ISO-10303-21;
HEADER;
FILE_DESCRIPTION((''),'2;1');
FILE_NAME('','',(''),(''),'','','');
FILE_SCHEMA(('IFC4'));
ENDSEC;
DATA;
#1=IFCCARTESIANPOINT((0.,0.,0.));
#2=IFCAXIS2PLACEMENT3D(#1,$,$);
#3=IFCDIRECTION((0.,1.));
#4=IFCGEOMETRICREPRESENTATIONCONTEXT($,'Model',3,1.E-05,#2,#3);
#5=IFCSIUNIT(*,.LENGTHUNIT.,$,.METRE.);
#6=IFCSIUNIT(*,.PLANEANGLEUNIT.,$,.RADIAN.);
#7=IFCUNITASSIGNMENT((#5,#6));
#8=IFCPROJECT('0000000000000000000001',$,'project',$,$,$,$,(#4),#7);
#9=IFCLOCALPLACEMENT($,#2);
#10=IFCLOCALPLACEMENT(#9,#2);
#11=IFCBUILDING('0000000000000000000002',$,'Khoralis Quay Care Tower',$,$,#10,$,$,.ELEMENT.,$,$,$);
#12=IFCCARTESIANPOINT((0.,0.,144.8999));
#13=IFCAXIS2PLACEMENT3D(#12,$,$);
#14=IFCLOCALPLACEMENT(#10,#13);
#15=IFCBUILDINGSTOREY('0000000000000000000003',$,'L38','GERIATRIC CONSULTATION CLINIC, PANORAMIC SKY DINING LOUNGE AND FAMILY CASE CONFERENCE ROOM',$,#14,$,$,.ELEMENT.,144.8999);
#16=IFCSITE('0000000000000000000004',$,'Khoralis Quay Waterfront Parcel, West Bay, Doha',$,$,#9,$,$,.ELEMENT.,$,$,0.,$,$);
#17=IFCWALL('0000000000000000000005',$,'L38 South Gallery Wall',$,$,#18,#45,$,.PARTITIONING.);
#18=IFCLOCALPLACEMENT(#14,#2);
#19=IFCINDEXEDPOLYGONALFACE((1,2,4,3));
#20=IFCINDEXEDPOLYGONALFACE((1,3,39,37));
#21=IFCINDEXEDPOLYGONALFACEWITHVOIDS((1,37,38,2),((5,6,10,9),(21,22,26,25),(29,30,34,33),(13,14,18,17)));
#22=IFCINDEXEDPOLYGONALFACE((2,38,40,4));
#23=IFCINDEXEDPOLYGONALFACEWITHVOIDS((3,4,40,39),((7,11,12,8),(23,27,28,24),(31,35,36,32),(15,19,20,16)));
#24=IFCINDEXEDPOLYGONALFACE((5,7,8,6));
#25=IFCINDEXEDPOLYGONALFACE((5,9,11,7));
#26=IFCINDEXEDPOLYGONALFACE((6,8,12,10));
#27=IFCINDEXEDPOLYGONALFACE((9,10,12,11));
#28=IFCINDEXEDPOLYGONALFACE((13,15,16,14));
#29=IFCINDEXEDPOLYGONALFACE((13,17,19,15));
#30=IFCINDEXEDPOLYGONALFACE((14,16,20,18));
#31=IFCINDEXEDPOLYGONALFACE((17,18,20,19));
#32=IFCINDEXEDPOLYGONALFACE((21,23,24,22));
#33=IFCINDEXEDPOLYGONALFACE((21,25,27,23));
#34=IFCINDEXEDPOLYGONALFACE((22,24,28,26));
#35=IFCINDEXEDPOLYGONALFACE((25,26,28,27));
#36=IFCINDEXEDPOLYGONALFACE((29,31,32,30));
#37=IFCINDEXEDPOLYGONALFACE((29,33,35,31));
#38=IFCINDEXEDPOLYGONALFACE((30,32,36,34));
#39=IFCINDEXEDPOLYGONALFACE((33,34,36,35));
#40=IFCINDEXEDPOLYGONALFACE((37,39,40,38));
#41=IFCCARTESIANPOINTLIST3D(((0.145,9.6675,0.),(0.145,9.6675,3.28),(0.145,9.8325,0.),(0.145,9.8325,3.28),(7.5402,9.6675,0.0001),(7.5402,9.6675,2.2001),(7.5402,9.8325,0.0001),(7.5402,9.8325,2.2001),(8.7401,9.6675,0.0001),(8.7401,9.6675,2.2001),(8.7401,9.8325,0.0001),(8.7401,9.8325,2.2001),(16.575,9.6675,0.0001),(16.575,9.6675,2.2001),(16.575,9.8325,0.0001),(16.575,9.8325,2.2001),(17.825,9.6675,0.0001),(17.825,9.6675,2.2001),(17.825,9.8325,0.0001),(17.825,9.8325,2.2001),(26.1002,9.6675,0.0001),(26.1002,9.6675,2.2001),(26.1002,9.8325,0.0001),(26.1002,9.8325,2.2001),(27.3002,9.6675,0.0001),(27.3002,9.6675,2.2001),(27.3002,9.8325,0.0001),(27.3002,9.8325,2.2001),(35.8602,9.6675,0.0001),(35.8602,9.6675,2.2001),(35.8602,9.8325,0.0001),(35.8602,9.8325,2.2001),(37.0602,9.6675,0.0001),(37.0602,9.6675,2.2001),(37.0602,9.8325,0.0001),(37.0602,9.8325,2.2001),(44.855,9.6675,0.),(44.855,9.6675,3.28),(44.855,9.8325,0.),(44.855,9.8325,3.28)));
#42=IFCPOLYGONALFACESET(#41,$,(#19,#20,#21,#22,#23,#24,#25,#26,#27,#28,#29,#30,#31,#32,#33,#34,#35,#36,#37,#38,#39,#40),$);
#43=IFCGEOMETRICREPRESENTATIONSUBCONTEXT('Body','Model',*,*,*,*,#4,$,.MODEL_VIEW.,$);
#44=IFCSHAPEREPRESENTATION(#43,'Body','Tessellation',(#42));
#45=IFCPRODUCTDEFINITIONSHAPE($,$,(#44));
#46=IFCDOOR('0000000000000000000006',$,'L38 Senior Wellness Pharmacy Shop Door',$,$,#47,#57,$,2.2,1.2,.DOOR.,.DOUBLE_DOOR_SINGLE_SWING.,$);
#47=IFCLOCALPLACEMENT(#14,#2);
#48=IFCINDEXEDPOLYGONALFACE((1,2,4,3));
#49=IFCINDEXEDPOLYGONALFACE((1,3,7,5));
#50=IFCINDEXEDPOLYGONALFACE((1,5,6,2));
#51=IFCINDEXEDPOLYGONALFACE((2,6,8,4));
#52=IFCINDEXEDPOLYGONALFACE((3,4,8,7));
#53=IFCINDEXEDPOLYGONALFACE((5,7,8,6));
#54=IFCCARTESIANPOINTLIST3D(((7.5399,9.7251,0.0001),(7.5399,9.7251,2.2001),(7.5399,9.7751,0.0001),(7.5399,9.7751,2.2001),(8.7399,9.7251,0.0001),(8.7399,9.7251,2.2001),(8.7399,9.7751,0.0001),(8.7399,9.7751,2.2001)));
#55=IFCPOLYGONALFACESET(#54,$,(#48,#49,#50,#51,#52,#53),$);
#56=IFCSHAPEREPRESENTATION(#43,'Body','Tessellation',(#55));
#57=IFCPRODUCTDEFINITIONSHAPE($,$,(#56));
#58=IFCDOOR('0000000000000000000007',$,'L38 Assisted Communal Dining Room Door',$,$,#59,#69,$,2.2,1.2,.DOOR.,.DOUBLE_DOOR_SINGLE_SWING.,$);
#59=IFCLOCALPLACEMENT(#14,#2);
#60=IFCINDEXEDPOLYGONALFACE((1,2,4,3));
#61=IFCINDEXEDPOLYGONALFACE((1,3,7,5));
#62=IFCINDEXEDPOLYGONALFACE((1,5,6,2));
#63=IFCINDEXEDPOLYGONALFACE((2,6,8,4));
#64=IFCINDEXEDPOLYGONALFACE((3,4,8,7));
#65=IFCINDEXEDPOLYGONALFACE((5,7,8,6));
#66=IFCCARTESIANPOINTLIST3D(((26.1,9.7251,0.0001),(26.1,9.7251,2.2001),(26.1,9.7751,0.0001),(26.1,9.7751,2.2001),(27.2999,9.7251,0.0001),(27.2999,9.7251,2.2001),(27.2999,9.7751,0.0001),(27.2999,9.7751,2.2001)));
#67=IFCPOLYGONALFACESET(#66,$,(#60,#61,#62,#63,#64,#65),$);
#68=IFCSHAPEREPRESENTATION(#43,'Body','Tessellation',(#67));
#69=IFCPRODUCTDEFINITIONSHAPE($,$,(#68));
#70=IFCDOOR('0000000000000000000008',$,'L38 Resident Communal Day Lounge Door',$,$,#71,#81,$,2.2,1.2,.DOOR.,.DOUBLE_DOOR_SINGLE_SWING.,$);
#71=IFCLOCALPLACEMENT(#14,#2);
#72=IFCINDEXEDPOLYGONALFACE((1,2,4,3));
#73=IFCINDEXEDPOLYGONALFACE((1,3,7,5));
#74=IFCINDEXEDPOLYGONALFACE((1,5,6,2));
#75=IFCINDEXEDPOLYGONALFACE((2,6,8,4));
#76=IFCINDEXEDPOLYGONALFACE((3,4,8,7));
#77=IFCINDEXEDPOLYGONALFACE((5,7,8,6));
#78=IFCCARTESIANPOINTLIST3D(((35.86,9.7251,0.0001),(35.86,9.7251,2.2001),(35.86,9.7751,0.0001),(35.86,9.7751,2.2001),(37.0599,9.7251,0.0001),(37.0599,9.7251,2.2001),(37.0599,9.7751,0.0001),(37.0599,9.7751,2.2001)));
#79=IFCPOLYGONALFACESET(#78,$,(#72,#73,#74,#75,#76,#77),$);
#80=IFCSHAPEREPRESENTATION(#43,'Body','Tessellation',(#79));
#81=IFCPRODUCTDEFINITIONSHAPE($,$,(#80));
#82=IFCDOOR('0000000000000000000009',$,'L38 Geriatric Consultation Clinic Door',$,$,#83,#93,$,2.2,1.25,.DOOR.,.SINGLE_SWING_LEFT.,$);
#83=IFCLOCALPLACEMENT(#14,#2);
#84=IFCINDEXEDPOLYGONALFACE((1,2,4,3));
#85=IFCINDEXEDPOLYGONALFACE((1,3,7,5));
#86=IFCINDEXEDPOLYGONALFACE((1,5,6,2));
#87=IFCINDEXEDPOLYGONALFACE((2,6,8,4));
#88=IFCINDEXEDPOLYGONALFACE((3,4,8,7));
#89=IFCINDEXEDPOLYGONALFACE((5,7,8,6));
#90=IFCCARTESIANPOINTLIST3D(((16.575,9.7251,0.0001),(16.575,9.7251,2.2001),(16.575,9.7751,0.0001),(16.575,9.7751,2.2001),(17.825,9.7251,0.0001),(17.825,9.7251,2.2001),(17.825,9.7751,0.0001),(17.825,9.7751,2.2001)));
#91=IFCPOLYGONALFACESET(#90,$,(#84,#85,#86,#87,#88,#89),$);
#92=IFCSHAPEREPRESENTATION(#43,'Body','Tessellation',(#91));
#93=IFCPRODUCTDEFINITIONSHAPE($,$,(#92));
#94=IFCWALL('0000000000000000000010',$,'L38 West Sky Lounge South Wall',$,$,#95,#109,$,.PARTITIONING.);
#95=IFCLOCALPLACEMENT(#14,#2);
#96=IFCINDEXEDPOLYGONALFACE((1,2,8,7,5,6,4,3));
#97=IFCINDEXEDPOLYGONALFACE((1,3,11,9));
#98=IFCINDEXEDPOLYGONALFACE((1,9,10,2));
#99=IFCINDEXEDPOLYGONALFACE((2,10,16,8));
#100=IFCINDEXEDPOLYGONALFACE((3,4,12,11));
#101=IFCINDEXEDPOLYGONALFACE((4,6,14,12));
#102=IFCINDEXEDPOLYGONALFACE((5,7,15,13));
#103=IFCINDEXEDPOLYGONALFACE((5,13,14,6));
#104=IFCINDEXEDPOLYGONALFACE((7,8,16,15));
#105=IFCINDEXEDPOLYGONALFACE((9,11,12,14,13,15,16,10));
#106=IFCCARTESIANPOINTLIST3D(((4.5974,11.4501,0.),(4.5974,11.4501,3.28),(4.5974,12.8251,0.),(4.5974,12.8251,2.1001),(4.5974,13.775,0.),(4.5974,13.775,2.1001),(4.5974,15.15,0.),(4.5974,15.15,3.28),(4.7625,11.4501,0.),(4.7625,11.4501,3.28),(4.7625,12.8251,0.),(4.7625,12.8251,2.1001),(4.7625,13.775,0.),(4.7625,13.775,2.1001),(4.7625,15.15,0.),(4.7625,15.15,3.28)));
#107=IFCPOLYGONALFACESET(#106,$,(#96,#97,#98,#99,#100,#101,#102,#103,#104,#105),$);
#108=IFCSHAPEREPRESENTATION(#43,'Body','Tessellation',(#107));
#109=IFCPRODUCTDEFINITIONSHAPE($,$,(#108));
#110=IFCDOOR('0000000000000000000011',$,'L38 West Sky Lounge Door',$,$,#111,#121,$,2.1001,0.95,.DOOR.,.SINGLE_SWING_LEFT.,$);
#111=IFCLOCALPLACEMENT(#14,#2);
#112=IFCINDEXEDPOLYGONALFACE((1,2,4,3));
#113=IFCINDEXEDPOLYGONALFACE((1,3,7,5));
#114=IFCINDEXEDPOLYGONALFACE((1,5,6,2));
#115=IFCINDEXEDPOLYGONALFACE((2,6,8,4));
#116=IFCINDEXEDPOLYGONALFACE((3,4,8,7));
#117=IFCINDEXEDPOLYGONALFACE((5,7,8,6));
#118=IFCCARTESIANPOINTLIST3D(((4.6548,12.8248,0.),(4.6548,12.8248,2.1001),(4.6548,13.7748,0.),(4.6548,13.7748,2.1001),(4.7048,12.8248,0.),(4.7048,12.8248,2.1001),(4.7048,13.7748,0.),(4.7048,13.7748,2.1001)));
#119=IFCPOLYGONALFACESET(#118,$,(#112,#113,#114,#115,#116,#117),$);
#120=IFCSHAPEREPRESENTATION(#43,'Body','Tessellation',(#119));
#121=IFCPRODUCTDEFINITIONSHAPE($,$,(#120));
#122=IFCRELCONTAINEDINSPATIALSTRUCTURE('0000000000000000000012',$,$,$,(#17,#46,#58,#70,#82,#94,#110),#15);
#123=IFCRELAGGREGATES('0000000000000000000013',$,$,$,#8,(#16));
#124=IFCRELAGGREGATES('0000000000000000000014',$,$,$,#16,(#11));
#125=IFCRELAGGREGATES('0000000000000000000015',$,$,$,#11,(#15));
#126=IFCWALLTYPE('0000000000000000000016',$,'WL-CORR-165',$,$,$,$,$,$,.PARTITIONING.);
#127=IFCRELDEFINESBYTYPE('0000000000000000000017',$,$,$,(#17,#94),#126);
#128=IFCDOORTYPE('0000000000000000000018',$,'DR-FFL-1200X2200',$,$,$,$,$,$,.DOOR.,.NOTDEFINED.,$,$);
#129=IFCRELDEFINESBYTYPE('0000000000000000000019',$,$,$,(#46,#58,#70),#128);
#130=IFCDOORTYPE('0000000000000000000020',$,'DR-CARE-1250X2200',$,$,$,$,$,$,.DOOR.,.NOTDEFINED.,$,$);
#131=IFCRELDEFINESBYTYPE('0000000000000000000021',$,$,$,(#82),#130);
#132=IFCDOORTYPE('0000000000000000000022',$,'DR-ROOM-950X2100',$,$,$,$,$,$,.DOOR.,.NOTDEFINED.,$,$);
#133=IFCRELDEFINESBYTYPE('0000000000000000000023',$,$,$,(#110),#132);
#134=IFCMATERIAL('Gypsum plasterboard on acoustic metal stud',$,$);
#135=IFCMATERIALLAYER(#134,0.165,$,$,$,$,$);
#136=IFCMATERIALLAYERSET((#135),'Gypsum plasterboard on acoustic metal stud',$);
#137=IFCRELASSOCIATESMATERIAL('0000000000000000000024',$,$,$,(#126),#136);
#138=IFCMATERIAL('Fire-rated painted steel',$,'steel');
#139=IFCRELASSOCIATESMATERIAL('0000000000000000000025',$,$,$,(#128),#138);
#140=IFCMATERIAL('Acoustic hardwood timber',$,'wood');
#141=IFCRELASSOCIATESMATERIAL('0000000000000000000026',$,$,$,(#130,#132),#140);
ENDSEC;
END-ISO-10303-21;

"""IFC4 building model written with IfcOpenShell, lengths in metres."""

from ifc_helpers import new_model, si_unit, direction, frame, frame_2d, origin, place, context, subcontext, project, spatial, rectangle, extrude, source, transform, mapped, material, layer, layer_set, type_object, element, fill, save


model = new_model("IFC4")

# Units and contexts
model_context = context("Model", 3, precision=1e-05, world=origin(), true_north=direction((0.0, 1.0)))
body_context = subcontext(model_context, "Body", "Model", "MODEL_VIEW")
ifc_project = project(units=[si_unit("LENGTHUNIT", "METRE"), si_unit("PLANEANGLEUNIT", "RADIAN")], contexts=[model_context])

# Site, building, storey
site_placement = place(None, origin())
site = spatial("IfcSite", under=ifc_project, at=site_placement, Name="Khoralis Quay Waterfront Parcel, West Bay, Doha", CompositionType="ELEMENT", RefElevation=0.0)
building_placement = place(site_placement, origin())
building = spatial("IfcBuilding", under=site, at=building_placement, Name="Khoralis Quay Care Tower", CompositionType="ELEMENT")
storey_placement = place(building_placement, frame((0.0, 0.0, 144.8999)))
storey = spatial("IfcBuildingStorey", under=building, at=storey_placement, Name="L38", Description="GERIATRIC CONSULTATION CLINIC, PANORAMIC SKY DINING LOUNGE AND FAMILY CASE CONFERENCE ROOM", CompositionType="ELEMENT", Elevation=144.8999)

# Wall, openings, doors
ifc_material_1 = material(Name="Gypsum plasterboard on acoustic metal stud")
ifc_layer_1 = layer(ifc_material_1, 0.165)
ifc_layer_set_1 = layer_set([ifc_layer_1], Name="Gypsum plasterboard on acoustic metal stud")
wall_type_1 = type_object("IfcWallType", Name="WL-CORR-165", PredefinedType="PARTITIONING", material=ifc_layer_set_1)
wall_1_placement = place(storey_placement, frame((0.145, 9.75, 0.0), z_axis=(0.0, 0.0, 1.0), x_axis=(1.0, 0.0, 0.0)))
wall_1 = element("IfcWall", 1, at=wall_1_placement, inside=storey, type_object=wall_type_1, Name="L38 South Gallery Wall", PredefinedType="PARTITIONING", context=body_context, shape_type="SweptSolid", body=[
    extrude(rectangle(XDim=44.71, YDim=0.165, at=frame_2d((22.355, 0.0))), origin(), (0.0, 0.0, 1.0), 3.28),
])
opening_1_placement = place(wall_1_placement, frame((7.395, 0.0, 0.0)))
opening_1 = element("IfcOpeningElement", 2, at=opening_1_placement, cuts=wall_1, PredefinedType="OPENING", context=body_context, shape_type="SweptSolid", body=[
    extrude(rectangle(XDim=1.2, YDim=2.2, at=frame_2d((0.6001, 1.1001))), frame((0.0, 0.0925, 0.0), z_axis=(0.0, -1.0, 0.0), x_axis=(1.0, 0.0, 0.0)), (0.0, 0.0, 1.0), 0.1851),
])
opening_2_placement = place(wall_1_placement, frame((16.4299, 0.0, 0.0)))
opening_2 = element("IfcOpeningElement", 3, at=opening_2_placement, cuts=wall_1, PredefinedType="OPENING", context=body_context, shape_type="SweptSolid", body=[
    extrude(rectangle(XDim=1.25, YDim=2.2, at=frame_2d((0.625, 1.1001))), frame((0.0, 0.0925, 0.0), z_axis=(0.0, -1.0, 0.0), x_axis=(1.0, 0.0, 0.0)), (0.0, 0.0, 1.0), 0.1851),
])
opening_3_placement = place(wall_1_placement, frame((25.9551, 0.0, 0.0)))
opening_3 = element("IfcOpeningElement", 4, at=opening_3_placement, cuts=wall_1, PredefinedType="OPENING", context=body_context, shape_type="SweptSolid", body=[
    extrude(rectangle(XDim=1.2, YDim=2.2, at=frame_2d((0.6001, 1.1001))), frame((0.0, 0.0925, 0.0), z_axis=(0.0, -1.0, 0.0), x_axis=(1.0, 0.0, 0.0)), (0.0, 0.0, 1.0), 0.1851),
])
opening_4_placement = place(wall_1_placement, frame((35.7151, 0.0, 0.0)))
opening_4 = element("IfcOpeningElement", 5, at=opening_4_placement, cuts=wall_1, PredefinedType="OPENING", context=body_context, shape_type="SweptSolid", body=[
    extrude(rectangle(XDim=1.2, YDim=2.2, at=frame_2d((0.6001, 1.1001))), frame((0.0, 0.0925, 0.0), z_axis=(0.0, -1.0, 0.0), x_axis=(1.0, 0.0, 0.0)), (0.0, 0.0, 1.0), 0.1851),
])
ifc_material_2 = material(Name="Fire-rated painted steel", Category="steel")
door_type_1 = type_object("IfcDoorType", Name="DR-FFL-1200X2200", OperationType="NOTDEFINED", PredefinedType="DOOR", material=ifc_material_2)
shared_shape_1 = source(origin(), body_context, "Body", "SweptSolid", [
    extrude(rectangle(XDim=1.2, YDim=2.2, at=frame_2d((0.6001, 1.1001))), frame((0.0, 0.0249, 0.0), z_axis=(0.0, -1.0, 0.0), x_axis=(1.0, 0.0, 0.0)), (0.0, 0.0, 1.0), 0.05),
])
door_1_placement = place(opening_1_placement, frame((1.2, 0.0, 0.0), z_axis=(0.0, 0.0, 1.0), x_axis=(-1.0, 0.0, 0.0)))
door_1 = element("IfcDoor", 6, at=door_1_placement, inside=storey, type_object=door_type_1, Name="L38 Senior Wellness Pharmacy Shop Door", OperationType="DOUBLE_DOOR_SINGLE_SWING", OverallHeight=2.2, OverallWidth=1.2, PredefinedType="DOOR", context=body_context, shape_type="MappedRepresentation", body=[
    mapped(shared_shape_1, transform((0.0, 0.0, 0.0), scale=1.0)),
])
fill(opening_1, door_1)
door_2_placement = place(opening_3_placement, frame((1.2, 0.0, 0.0), z_axis=(0.0, 0.0, 1.0), x_axis=(-1.0, 0.0, 0.0)))
door_2 = element("IfcDoor", 7, at=door_2_placement, inside=storey, type_object=door_type_1, Name="L38 Assisted Communal Dining Room Door", OperationType="DOUBLE_DOOR_SINGLE_SWING", OverallHeight=2.2, OverallWidth=1.2, PredefinedType="DOOR", context=body_context, shape_type="MappedRepresentation", body=[
    mapped(shared_shape_1, transform((0.0, 0.0, 0.0), scale=1.0)),
])
fill(opening_3, door_2)
door_3_placement = place(opening_4_placement, frame((1.2, 0.0, 0.0), z_axis=(0.0, 0.0, 1.0), x_axis=(-1.0, 0.0, 0.0)))
door_3 = element("IfcDoor", 8, at=door_3_placement, inside=storey, type_object=door_type_1, Name="L38 Resident Communal Day Lounge Door", OperationType="DOUBLE_DOOR_SINGLE_SWING", OverallHeight=2.2, OverallWidth=1.2, PredefinedType="DOOR", context=body_context, shape_type="MappedRepresentation", body=[
    mapped(shared_shape_1, transform((0.0, 0.0, 0.0), scale=1.0)),
])
fill(opening_4, door_3)
ifc_material_3 = material(Name="Acoustic hardwood timber", Category="wood")
door_type_2 = type_object("IfcDoorType", Name="DR-CARE-1250X2200", OperationType="NOTDEFINED", PredefinedType="DOOR", material=ifc_material_3)
shared_shape_2 = source(origin(), body_context, "Body", "SweptSolid", [
    extrude(rectangle(XDim=1.25, YDim=2.2, at=frame_2d((0.625, 1.1001))), frame((0.0, 0.0249, 0.0), z_axis=(0.0, -1.0, 0.0), x_axis=(1.0, 0.0, 0.0)), (0.0, 0.0, 1.0), 0.05),
])
door_4_placement = place(opening_2_placement, frame((1.25, 0.0, 0.0), z_axis=(0.0, 0.0, 1.0), x_axis=(-1.0, 0.0, 0.0)))
door_4 = element("IfcDoor", 9, at=door_4_placement, inside=storey, type_object=door_type_2, Name="L38 Geriatric Consultation Clinic Door", OperationType="SINGLE_SWING_LEFT", OverallHeight=2.2, OverallWidth=1.25, PredefinedType="DOOR", context=body_context, shape_type="MappedRepresentation", body=[
    mapped(shared_shape_2, transform((0.0, 0.0, 0.0), scale=1.0)),
])
fill(opening_2, door_4)

# Wall, opening, door
wall_2_placement = place(storey_placement, frame((4.6799, 11.45, 0.0), z_axis=(0.0, 0.0, 1.0), x_axis=(0.0, 1.0, 0.0)))
wall_2 = element("IfcWall", 10, at=wall_2_placement, inside=storey, type_object=wall_type_1, Name="L38 West Sky Lounge South Wall", PredefinedType="PARTITIONING", context=body_context, shape_type="SweptSolid", body=[
    extrude(rectangle(XDim=3.7, YDim=0.165, at=frame_2d((1.8501, 0.0))), origin(), (0.0, 0.0, 1.0), 3.28),
])
opening_5_placement = place(wall_2_placement, frame((1.375, 0.0, 0.0)))
opening_5 = element("IfcOpeningElement", 11, at=opening_5_placement, cuts=wall_2, PredefinedType="OPENING", context=body_context, shape_type="SweptSolid", body=[
    extrude(rectangle(XDim=0.95, YDim=2.1001, at=frame_2d((0.4751, 1.05))), frame((0.0, 0.0925, 0.0), z_axis=(0.0, -1.0, 0.0), x_axis=(1.0, 0.0, 0.0)), (0.0, 0.0, 1.0), 0.1851),
])
door_type_3 = type_object("IfcDoorType", Name="DR-ROOM-950X2100", OperationType="NOTDEFINED", PredefinedType="DOOR", material=ifc_material_3)
shared_shape_3 = source(origin(), body_context, "Body", "SweptSolid", [
    extrude(rectangle(XDim=0.95, YDim=2.1001, at=frame_2d((0.4751, 1.05))), frame((0.0, 0.0249, 0.0), z_axis=(0.0, -1.0, 0.0), x_axis=(1.0, 0.0, 0.0)), (0.0, 0.0, 1.0), 0.05),
])
door_5_placement = place(opening_5_placement, frame((0.95, 0.0, 0.0), z_axis=(0.0, 0.0, 1.0), x_axis=(-1.0, 0.0, 0.0)))
door_5 = element("IfcDoor", 12, at=door_5_placement, inside=storey, type_object=door_type_3, Name="L38 West Sky Lounge Door", OperationType="SINGLE_SWING_LEFT", OverallHeight=2.1001, OverallWidth=0.95, PredefinedType="DOOR", context=body_context, shape_type="MappedRepresentation", body=[
    mapped(shared_shape_3, transform((0.0, 0.0, 0.0), scale=1.0)),
])
fill(opening_5, door_5)

save(model, "model.ifc")
